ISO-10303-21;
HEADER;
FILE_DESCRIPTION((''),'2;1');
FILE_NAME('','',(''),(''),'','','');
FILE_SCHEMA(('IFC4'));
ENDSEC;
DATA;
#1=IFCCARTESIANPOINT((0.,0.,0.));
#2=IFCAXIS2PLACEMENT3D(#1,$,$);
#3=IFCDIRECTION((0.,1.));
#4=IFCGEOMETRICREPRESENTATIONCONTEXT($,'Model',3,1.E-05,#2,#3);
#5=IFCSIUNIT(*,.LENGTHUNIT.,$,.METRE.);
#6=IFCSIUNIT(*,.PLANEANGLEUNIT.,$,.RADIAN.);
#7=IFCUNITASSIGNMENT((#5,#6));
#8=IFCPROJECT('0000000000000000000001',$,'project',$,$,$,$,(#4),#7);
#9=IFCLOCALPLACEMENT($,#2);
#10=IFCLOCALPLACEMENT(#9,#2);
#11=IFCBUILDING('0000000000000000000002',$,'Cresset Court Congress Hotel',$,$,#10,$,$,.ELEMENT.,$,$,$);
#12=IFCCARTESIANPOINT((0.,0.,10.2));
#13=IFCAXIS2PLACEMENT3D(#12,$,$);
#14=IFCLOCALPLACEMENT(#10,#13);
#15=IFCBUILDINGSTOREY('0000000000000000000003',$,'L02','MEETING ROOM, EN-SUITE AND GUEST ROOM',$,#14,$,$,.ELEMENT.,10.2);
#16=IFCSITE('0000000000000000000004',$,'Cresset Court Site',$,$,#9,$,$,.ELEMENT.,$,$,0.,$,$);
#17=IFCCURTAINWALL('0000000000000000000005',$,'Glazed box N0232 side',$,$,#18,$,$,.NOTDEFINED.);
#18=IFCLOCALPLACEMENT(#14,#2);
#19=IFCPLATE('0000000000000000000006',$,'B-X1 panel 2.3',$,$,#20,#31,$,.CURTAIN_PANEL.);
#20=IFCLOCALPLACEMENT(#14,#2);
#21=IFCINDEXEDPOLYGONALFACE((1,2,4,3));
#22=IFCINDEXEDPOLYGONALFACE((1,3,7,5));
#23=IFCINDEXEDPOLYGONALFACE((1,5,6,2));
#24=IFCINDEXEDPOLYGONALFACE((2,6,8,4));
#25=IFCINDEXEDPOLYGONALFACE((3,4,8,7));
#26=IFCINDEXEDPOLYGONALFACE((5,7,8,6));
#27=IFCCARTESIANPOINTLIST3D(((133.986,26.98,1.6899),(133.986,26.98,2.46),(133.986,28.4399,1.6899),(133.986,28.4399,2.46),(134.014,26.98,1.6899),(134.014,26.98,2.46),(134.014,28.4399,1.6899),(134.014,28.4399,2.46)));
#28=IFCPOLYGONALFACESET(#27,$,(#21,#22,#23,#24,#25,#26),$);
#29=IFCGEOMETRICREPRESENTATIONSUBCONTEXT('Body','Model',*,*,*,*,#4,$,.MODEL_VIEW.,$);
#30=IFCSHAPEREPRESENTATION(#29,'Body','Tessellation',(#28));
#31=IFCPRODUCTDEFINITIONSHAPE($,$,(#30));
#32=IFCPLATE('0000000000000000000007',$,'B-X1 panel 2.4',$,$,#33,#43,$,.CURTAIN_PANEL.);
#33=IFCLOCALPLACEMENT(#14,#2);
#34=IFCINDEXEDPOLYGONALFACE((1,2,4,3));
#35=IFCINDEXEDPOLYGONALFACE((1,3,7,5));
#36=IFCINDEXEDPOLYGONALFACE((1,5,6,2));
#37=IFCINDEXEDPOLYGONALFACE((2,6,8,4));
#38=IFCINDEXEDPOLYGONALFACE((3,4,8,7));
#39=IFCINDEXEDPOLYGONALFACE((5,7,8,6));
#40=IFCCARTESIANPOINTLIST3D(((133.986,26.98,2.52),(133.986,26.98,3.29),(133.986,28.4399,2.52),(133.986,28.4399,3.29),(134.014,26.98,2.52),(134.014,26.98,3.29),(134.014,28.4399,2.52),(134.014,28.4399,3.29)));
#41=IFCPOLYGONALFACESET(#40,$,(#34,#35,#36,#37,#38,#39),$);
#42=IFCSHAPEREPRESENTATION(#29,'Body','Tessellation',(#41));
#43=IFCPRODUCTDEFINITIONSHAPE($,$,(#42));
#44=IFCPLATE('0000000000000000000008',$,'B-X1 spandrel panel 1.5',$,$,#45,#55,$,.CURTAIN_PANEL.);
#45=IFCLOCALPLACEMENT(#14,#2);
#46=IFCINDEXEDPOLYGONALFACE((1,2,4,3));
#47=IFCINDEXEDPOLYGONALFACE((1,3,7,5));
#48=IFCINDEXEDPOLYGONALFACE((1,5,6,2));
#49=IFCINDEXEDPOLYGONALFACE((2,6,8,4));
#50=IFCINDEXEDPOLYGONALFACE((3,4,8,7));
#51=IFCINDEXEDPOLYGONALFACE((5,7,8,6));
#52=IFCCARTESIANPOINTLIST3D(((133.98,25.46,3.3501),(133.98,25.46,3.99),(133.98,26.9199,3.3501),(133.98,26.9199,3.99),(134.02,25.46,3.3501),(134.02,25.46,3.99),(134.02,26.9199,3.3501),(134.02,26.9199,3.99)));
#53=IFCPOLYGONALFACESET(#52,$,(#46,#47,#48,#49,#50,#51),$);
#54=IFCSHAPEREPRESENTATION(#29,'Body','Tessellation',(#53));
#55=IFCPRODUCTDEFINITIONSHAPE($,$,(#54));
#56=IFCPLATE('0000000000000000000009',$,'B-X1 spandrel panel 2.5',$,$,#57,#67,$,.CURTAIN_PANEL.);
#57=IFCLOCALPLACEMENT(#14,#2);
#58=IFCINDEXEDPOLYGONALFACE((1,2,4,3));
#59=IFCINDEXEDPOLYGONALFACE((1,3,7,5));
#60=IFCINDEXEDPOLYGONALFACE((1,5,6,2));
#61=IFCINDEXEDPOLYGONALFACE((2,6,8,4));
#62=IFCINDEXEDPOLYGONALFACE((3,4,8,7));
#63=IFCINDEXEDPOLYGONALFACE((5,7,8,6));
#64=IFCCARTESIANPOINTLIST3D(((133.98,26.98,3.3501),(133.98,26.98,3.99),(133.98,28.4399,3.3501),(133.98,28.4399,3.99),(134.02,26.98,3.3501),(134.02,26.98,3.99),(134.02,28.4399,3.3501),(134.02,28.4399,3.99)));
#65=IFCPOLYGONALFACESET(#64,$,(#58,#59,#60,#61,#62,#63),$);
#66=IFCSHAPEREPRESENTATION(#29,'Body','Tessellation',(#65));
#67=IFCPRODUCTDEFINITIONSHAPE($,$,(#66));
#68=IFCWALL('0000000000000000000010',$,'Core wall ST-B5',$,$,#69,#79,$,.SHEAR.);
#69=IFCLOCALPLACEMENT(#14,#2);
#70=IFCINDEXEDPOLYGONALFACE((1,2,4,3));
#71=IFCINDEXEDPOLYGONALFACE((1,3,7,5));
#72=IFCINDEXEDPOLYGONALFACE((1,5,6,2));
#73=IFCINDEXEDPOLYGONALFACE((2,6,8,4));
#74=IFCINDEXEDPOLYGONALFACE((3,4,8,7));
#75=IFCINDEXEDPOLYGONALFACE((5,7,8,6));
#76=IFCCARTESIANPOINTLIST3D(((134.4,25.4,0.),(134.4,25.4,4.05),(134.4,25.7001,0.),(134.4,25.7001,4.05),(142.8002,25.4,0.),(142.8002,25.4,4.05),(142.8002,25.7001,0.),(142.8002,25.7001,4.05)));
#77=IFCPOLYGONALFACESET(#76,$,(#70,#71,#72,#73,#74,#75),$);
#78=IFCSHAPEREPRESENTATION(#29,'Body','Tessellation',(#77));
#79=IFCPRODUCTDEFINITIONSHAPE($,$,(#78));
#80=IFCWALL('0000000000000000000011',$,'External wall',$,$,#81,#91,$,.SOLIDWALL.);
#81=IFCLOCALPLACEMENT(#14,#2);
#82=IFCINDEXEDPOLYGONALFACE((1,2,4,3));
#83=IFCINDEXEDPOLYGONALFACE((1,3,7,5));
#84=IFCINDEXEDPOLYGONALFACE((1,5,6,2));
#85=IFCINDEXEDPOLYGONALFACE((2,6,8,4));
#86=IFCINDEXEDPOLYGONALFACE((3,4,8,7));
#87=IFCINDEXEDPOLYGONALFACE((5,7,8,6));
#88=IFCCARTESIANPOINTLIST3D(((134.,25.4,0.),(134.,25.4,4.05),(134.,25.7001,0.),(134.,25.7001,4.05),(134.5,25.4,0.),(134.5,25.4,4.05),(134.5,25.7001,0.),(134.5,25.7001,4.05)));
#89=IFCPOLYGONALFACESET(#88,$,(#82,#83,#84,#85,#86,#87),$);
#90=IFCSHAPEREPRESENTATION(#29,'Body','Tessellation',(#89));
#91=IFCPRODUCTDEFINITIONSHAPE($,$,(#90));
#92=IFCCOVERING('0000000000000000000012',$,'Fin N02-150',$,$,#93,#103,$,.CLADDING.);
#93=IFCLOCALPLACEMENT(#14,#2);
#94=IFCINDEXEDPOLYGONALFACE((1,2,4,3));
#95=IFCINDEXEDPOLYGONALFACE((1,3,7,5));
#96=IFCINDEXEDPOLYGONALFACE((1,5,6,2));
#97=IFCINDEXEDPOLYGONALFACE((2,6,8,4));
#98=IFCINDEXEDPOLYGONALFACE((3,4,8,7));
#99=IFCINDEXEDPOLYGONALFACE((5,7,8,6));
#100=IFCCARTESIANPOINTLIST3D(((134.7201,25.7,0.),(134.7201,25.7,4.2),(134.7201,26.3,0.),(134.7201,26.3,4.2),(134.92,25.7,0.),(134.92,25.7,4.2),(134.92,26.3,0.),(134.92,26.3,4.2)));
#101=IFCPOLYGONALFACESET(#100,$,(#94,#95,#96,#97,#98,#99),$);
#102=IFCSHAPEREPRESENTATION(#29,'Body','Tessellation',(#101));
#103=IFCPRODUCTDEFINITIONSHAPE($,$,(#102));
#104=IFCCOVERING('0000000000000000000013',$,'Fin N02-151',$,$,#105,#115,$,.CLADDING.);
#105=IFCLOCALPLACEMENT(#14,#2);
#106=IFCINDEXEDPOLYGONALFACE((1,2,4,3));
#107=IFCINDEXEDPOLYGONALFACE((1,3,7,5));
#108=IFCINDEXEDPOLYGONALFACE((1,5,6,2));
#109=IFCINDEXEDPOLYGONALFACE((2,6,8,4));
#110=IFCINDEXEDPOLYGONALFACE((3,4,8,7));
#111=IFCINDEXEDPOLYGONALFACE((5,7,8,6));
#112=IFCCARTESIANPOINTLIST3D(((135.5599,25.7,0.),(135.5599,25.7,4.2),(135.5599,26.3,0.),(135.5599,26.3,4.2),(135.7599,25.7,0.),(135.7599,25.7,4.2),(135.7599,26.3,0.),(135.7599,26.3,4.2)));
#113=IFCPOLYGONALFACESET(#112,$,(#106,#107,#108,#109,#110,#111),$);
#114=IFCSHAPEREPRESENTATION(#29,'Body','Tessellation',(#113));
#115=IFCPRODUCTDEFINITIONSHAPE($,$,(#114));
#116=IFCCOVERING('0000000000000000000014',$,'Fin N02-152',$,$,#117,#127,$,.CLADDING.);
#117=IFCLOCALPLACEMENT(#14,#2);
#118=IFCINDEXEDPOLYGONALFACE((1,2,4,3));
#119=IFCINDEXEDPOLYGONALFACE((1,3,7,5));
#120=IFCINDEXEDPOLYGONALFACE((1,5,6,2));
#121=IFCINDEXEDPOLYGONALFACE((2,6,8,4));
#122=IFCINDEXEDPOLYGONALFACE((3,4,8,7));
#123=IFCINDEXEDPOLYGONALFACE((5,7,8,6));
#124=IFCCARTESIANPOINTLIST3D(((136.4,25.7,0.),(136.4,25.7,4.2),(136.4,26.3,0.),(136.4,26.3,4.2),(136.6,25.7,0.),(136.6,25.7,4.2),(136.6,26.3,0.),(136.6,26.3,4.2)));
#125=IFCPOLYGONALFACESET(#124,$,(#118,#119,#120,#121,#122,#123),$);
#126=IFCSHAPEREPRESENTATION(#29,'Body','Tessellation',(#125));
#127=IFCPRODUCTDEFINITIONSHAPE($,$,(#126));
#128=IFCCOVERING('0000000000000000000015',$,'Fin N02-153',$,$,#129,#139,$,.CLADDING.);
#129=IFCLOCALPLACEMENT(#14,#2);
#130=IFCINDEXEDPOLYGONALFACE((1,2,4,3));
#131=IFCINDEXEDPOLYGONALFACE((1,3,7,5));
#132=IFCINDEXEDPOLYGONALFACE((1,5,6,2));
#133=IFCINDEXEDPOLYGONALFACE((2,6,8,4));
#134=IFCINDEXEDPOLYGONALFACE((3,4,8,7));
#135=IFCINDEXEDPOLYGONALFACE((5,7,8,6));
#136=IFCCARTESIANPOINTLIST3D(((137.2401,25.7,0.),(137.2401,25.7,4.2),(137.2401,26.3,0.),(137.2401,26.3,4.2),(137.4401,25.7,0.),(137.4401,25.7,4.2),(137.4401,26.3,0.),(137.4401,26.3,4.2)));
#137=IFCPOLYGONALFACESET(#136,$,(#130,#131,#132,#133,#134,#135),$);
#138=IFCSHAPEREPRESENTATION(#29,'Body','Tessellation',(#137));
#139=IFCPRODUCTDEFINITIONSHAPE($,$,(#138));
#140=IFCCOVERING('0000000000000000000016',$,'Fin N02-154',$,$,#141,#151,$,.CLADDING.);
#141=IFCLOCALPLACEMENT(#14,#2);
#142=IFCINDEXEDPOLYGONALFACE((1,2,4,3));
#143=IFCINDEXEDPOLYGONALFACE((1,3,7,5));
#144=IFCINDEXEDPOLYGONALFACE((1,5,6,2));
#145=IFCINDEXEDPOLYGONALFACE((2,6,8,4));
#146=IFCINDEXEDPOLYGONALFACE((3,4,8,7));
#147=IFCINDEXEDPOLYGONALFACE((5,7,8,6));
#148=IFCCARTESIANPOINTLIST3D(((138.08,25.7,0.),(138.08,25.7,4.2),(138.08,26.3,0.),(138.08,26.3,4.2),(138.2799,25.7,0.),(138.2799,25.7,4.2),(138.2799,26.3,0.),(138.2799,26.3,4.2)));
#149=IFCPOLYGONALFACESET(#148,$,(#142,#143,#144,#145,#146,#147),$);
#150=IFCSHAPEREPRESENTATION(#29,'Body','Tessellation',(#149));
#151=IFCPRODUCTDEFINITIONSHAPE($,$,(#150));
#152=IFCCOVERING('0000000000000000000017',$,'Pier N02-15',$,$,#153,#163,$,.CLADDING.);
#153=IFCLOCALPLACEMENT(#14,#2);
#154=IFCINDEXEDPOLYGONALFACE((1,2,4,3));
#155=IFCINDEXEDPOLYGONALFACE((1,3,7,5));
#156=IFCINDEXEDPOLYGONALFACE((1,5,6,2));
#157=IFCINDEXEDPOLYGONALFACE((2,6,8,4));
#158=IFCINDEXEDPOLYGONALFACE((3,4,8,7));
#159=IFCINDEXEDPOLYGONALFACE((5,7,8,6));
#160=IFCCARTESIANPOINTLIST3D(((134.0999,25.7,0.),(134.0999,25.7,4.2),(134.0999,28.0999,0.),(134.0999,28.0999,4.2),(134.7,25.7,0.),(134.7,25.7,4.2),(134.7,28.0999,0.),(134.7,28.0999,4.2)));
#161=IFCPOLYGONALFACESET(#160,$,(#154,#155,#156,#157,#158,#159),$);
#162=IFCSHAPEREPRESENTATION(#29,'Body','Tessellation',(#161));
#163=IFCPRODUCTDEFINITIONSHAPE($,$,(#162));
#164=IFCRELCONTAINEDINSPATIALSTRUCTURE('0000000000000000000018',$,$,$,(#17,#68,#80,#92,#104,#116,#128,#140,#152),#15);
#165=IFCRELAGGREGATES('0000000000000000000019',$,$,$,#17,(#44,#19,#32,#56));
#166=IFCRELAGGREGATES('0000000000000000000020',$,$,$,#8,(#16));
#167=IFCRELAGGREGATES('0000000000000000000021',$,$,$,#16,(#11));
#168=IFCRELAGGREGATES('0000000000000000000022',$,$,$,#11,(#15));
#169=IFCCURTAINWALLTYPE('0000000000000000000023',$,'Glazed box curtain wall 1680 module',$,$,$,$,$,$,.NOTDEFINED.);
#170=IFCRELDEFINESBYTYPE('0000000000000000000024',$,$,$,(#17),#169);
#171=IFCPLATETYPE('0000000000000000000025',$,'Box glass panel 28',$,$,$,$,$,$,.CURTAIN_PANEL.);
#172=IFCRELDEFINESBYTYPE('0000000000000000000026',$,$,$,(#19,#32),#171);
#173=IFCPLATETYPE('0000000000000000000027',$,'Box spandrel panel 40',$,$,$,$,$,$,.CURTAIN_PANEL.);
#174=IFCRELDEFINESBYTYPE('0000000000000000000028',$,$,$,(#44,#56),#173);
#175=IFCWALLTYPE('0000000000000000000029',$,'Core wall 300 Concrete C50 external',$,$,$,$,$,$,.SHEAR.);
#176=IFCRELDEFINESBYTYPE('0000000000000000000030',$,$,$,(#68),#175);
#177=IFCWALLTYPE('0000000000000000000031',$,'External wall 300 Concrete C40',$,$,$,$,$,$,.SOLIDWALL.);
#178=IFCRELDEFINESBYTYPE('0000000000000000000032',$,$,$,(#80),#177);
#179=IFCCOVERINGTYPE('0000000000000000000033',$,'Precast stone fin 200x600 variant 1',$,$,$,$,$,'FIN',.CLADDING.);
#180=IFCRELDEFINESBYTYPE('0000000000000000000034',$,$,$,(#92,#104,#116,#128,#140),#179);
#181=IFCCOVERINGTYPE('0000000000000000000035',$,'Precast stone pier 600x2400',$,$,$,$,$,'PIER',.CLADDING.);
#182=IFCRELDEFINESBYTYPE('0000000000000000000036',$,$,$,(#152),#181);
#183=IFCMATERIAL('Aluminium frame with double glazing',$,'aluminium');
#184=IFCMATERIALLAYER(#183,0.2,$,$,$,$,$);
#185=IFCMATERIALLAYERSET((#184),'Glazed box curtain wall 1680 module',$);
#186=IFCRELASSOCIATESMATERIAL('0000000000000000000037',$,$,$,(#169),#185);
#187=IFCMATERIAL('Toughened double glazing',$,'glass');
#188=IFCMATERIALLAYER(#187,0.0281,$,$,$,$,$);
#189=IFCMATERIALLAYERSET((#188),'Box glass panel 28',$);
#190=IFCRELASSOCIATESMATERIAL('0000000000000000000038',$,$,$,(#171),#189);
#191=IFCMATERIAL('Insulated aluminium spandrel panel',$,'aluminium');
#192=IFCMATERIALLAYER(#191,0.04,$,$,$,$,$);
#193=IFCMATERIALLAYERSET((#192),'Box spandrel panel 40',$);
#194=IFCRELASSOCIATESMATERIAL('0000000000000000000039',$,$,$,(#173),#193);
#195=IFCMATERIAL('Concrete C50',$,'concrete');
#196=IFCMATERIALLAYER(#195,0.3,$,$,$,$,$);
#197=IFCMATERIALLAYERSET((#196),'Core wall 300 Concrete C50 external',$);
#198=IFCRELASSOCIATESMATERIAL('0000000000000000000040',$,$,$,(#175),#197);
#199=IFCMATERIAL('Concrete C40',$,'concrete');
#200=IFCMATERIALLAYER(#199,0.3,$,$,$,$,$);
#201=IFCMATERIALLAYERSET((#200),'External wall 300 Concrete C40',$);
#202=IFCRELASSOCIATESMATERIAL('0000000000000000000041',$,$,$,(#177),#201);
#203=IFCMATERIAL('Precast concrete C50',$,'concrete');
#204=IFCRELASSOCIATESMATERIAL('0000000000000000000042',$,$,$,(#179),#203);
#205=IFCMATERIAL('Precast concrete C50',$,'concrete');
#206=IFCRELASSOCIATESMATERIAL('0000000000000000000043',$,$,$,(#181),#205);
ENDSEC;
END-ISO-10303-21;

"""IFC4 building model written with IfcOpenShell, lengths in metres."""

from ifc_helpers import new_model, si_unit, direction, frame, frame_2d, origin, origin_2d, place, context, subcontext, project, spatial, rectangle, extrude, material, layer, layer_set, type_object, element, aggregate, save


model = new_model("IFC4")

# Units and contexts
model_context = context("Model", 3, precision=1e-05, world=origin(), true_north=direction((0.0, 1.0)))
body_context = subcontext(model_context, "Body", "Model", "MODEL_VIEW")
ifc_project = project(units=[si_unit("LENGTHUNIT", "METRE"), si_unit("PLANEANGLEUNIT", "RADIAN")], contexts=[model_context])

# Site, building, storey
site_placement = place(None, origin())
site = spatial("IfcSite", under=ifc_project, at=site_placement, Name="Cresset Court Site", CompositionType="ELEMENT", RefElevation=0.0)
building_placement = place(site_placement, origin())
building = spatial("IfcBuilding", under=site, at=building_placement, Name="Cresset Court Congress Hotel", CompositionType="ELEMENT")
storey_placement = place(building_placement, frame((0.0, 0.0, 10.2)))
storey = spatial("IfcBuildingStorey", under=building, at=storey_placement, Name="L02", Description="MEETING ROOM, EN-SUITE AND GUEST ROOM", CompositionType="ELEMENT", Elevation=10.2)

# Curtain wall, plates
ifc_material_1 = material(Name="Aluminium frame with double glazing", Category="aluminium")
ifc_layer_1 = layer(ifc_material_1, 0.2)
ifc_layer_set_1 = layer_set([ifc_layer_1], Name="Glazed box curtain wall 1680 module")
curtain_wall_type = type_object("IfcCurtainWallType", Name="Glazed box curtain wall 1680 module", PredefinedType="NOTDEFINED", material=ifc_layer_set_1)
curtain_wall_placement = place(storey_placement, origin())
curtain_wall = element("IfcCurtainWall", 1, at=curtain_wall_placement, inside=storey, type_object=curtain_wall_type, Name="Glazed box N0232 side", PredefinedType="NOTDEFINED")
ifc_material_2 = material(Name="Toughened double glazing", Category="glass")
ifc_layer_2 = layer(ifc_material_2, 0.0281)
ifc_layer_set_2 = layer_set([ifc_layer_2], Name="Box glass panel 28")
plate_type_1 = type_object("IfcPlateType", Name="Box glass panel 28", PredefinedType="CURTAIN_PANEL", material=ifc_layer_set_2)
plate_1_placement = place(storey_placement, frame((134.0, 27.71, 1.6899), z_axis=(0.0, 0.0, 1.0), x_axis=(0.0, 1.0, 0.0)))
plate_1 = element("IfcPlate", 2, at=plate_1_placement, type_object=plate_type_1, Name="B-X1 panel 2.3", PredefinedType="CURTAIN_PANEL", context=body_context, shape_type="SweptSolid", body=[
    extrude(rectangle(XDim=1.46, YDim=0.0281, at=origin_2d()), origin(), (0.0, 0.0, 1.0), 0.77),
])
plate_2_placement = place(storey_placement, frame((134.0, 27.71, 2.52), z_axis=(0.0, 0.0, 1.0), x_axis=(0.0, 1.0, 0.0)))
plate_2 = element("IfcPlate", 3, at=plate_2_placement, type_object=plate_type_1, Name="B-X1 panel 2.4", PredefinedType="CURTAIN_PANEL", context=body_context, shape_type="SweptSolid", body=[
    extrude(rectangle(XDim=1.46, YDim=0.0281, at=origin_2d()), origin(), (0.0, 0.0, 1.0), 0.77),
])
ifc_material_3 = material(Name="Insulated aluminium spandrel panel", Category="aluminium")
ifc_layer_3 = layer(ifc_material_3, 0.04)
ifc_layer_set_3 = layer_set([ifc_layer_3], Name="Box spandrel panel 40")
plate_type_2 = type_object("IfcPlateType", Name="Box spandrel panel 40", PredefinedType="CURTAIN_PANEL", material=ifc_layer_set_3)
plate_3_placement = place(storey_placement, frame((134.0, 26.1899, 3.3501), z_axis=(0.0, 0.0, 1.0), x_axis=(0.0, 1.0, 0.0)))
plate_3 = element("IfcPlate", 4, at=plate_3_placement, type_object=plate_type_2, Name="B-X1 spandrel panel 1.5", PredefinedType="CURTAIN_PANEL", context=body_context, shape_type="SweptSolid", body=[
    extrude(rectangle(XDim=1.46, YDim=0.04, at=origin_2d()), origin(), (0.0, 0.0, 1.0), 0.6399),
])
plate_4_placement = place(storey_placement, frame((134.0, 27.71, 3.3501), z_axis=(0.0, 0.0, 1.0), x_axis=(0.0, 1.0, 0.0)))
plate_4 = element("IfcPlate", 5, at=plate_4_placement, type_object=plate_type_2, Name="B-X1 spandrel panel 2.5", PredefinedType="CURTAIN_PANEL", context=body_context, shape_type="SweptSolid", body=[
    extrude(rectangle(XDim=1.46, YDim=0.04, at=origin_2d()), origin(), (0.0, 0.0, 1.0), 0.6399),
])
aggregate(curtain_wall, [plate_3, plate_1, plate_2, plate_4])

# Walls
ifc_material_4 = material(Name="Concrete C50", Category="concrete")
ifc_layer_4 = layer(ifc_material_4, 0.3)
ifc_layer_set_4 = layer_set([ifc_layer_4], Name="Core wall 300 Concrete C50 external")
wall_type_1 = type_object("IfcWallType", Name="Core wall 300 Concrete C50 external", PredefinedType="SHEAR", material=ifc_layer_set_4)
wall_1_placement = place(storey_placement, frame((134.3999, 25.55, 0.0), z_axis=(0.0, 0.0, 1.0), x_axis=(1.0, 0.0, 0.0)))
element("IfcWall", 6, at=wall_1_placement, inside=storey, type_object=wall_type_1, Name="Core wall ST-B5", PredefinedType="SHEAR", context=body_context, shape_type="SweptSolid", body=[
    extrude(rectangle(XDim=8.4001, YDim=0.3, at=frame_2d((4.2002, 0.0))), origin(), (0.0, 0.0, 1.0), 4.05),
])
ifc_material_5 = material(Name="Concrete C40", Category="concrete")
ifc_layer_5 = layer(ifc_material_5, 0.3)
ifc_layer_set_5 = layer_set([ifc_layer_5], Name="External wall 300 Concrete C40")
wall_type_2 = type_object("IfcWallType", Name="External wall 300 Concrete C40", PredefinedType="SOLIDWALL", material=ifc_layer_set_5)
wall_2_placement = place(storey_placement, frame((134.0, 25.55, 0.0), z_axis=(0.0, 0.0, 1.0), x_axis=(1.0, 0.0, 0.0)))
element("IfcWall", 7, at=wall_2_placement, inside=storey, type_object=wall_type_2, Name="External wall", PredefinedType="SOLIDWALL", context=body_context, shape_type="SweptSolid", body=[
    extrude(rectangle(XDim=0.5, YDim=0.3, at=frame_2d((0.25, 0.0))), origin(), (0.0, 0.0, 1.0), 4.05),
])

# Coverings
ifc_material_6 = material(Name="Precast concrete C50", Category="concrete")
covering_type_1 = type_object("IfcCoveringType", Name="Precast stone fin 200x600 variant 1", ElementType="FIN", PredefinedType="CLADDING", material=ifc_material_6)
for number, where, z_axis, x_axis, name in (
    (8, (134.8201, 26.0, 0.0), (0.0, 0.0, 1.0), (1.0, 0.0, 0.0), "Fin N02-150"),
    (9, (135.6599, 26.0, 0.0), (0.0, 0.0, 1.0), (1.0, 0.0, 0.0), "Fin N02-151"),
    (10, (136.5, 26.0, 0.0), (0.0, 0.0, 1.0), (1.0, 0.0, 0.0), "Fin N02-152"),
    (11, (137.3401, 26.0, 0.0), (0.0, 0.0, 1.0), (1.0, 0.0, 0.0), "Fin N02-153"),
    (12, (138.1799, 26.0, 0.0), (0.0, 0.0, 1.0), (1.0, 0.0, 0.0), "Fin N02-154"),
):
    element("IfcCovering", number, at=place(storey_placement, frame(where, z_axis=z_axis, x_axis=x_axis)), inside=storey, type_object=covering_type_1, Name=name, PredefinedType="CLADDING", context=body_context, shape_type="SweptSolid", body=[
        extrude(rectangle(XDim=0.2, YDim=0.6001, at=origin_2d()), origin(), (0.0, 0.0, 1.0), 4.2),
    ])
ifc_material_7 = material(Name="Precast concrete C50", Category="concrete")
covering_type_2 = type_object("IfcCoveringType", Name="Precast stone pier 600x2400", ElementType="PIER", PredefinedType="CLADDING", material=ifc_material_7)
covering_placement = place(storey_placement, frame((134.3999, 26.8999, 0.0), z_axis=(0.0, 0.0, 1.0), x_axis=(1.0, 0.0, 0.0)))
element("IfcCovering", 13, at=covering_placement, inside=storey, type_object=covering_type_2, Name="Pier N02-15", PredefinedType="CLADDING", context=body_context, shape_type="SweptSolid", body=[
    extrude(rectangle(XDim=0.6001, YDim=2.3999, at=origin_2d()), origin(), (0.0, 0.0, 1.0), 4.2),
])

save(model, "model.ifc")
